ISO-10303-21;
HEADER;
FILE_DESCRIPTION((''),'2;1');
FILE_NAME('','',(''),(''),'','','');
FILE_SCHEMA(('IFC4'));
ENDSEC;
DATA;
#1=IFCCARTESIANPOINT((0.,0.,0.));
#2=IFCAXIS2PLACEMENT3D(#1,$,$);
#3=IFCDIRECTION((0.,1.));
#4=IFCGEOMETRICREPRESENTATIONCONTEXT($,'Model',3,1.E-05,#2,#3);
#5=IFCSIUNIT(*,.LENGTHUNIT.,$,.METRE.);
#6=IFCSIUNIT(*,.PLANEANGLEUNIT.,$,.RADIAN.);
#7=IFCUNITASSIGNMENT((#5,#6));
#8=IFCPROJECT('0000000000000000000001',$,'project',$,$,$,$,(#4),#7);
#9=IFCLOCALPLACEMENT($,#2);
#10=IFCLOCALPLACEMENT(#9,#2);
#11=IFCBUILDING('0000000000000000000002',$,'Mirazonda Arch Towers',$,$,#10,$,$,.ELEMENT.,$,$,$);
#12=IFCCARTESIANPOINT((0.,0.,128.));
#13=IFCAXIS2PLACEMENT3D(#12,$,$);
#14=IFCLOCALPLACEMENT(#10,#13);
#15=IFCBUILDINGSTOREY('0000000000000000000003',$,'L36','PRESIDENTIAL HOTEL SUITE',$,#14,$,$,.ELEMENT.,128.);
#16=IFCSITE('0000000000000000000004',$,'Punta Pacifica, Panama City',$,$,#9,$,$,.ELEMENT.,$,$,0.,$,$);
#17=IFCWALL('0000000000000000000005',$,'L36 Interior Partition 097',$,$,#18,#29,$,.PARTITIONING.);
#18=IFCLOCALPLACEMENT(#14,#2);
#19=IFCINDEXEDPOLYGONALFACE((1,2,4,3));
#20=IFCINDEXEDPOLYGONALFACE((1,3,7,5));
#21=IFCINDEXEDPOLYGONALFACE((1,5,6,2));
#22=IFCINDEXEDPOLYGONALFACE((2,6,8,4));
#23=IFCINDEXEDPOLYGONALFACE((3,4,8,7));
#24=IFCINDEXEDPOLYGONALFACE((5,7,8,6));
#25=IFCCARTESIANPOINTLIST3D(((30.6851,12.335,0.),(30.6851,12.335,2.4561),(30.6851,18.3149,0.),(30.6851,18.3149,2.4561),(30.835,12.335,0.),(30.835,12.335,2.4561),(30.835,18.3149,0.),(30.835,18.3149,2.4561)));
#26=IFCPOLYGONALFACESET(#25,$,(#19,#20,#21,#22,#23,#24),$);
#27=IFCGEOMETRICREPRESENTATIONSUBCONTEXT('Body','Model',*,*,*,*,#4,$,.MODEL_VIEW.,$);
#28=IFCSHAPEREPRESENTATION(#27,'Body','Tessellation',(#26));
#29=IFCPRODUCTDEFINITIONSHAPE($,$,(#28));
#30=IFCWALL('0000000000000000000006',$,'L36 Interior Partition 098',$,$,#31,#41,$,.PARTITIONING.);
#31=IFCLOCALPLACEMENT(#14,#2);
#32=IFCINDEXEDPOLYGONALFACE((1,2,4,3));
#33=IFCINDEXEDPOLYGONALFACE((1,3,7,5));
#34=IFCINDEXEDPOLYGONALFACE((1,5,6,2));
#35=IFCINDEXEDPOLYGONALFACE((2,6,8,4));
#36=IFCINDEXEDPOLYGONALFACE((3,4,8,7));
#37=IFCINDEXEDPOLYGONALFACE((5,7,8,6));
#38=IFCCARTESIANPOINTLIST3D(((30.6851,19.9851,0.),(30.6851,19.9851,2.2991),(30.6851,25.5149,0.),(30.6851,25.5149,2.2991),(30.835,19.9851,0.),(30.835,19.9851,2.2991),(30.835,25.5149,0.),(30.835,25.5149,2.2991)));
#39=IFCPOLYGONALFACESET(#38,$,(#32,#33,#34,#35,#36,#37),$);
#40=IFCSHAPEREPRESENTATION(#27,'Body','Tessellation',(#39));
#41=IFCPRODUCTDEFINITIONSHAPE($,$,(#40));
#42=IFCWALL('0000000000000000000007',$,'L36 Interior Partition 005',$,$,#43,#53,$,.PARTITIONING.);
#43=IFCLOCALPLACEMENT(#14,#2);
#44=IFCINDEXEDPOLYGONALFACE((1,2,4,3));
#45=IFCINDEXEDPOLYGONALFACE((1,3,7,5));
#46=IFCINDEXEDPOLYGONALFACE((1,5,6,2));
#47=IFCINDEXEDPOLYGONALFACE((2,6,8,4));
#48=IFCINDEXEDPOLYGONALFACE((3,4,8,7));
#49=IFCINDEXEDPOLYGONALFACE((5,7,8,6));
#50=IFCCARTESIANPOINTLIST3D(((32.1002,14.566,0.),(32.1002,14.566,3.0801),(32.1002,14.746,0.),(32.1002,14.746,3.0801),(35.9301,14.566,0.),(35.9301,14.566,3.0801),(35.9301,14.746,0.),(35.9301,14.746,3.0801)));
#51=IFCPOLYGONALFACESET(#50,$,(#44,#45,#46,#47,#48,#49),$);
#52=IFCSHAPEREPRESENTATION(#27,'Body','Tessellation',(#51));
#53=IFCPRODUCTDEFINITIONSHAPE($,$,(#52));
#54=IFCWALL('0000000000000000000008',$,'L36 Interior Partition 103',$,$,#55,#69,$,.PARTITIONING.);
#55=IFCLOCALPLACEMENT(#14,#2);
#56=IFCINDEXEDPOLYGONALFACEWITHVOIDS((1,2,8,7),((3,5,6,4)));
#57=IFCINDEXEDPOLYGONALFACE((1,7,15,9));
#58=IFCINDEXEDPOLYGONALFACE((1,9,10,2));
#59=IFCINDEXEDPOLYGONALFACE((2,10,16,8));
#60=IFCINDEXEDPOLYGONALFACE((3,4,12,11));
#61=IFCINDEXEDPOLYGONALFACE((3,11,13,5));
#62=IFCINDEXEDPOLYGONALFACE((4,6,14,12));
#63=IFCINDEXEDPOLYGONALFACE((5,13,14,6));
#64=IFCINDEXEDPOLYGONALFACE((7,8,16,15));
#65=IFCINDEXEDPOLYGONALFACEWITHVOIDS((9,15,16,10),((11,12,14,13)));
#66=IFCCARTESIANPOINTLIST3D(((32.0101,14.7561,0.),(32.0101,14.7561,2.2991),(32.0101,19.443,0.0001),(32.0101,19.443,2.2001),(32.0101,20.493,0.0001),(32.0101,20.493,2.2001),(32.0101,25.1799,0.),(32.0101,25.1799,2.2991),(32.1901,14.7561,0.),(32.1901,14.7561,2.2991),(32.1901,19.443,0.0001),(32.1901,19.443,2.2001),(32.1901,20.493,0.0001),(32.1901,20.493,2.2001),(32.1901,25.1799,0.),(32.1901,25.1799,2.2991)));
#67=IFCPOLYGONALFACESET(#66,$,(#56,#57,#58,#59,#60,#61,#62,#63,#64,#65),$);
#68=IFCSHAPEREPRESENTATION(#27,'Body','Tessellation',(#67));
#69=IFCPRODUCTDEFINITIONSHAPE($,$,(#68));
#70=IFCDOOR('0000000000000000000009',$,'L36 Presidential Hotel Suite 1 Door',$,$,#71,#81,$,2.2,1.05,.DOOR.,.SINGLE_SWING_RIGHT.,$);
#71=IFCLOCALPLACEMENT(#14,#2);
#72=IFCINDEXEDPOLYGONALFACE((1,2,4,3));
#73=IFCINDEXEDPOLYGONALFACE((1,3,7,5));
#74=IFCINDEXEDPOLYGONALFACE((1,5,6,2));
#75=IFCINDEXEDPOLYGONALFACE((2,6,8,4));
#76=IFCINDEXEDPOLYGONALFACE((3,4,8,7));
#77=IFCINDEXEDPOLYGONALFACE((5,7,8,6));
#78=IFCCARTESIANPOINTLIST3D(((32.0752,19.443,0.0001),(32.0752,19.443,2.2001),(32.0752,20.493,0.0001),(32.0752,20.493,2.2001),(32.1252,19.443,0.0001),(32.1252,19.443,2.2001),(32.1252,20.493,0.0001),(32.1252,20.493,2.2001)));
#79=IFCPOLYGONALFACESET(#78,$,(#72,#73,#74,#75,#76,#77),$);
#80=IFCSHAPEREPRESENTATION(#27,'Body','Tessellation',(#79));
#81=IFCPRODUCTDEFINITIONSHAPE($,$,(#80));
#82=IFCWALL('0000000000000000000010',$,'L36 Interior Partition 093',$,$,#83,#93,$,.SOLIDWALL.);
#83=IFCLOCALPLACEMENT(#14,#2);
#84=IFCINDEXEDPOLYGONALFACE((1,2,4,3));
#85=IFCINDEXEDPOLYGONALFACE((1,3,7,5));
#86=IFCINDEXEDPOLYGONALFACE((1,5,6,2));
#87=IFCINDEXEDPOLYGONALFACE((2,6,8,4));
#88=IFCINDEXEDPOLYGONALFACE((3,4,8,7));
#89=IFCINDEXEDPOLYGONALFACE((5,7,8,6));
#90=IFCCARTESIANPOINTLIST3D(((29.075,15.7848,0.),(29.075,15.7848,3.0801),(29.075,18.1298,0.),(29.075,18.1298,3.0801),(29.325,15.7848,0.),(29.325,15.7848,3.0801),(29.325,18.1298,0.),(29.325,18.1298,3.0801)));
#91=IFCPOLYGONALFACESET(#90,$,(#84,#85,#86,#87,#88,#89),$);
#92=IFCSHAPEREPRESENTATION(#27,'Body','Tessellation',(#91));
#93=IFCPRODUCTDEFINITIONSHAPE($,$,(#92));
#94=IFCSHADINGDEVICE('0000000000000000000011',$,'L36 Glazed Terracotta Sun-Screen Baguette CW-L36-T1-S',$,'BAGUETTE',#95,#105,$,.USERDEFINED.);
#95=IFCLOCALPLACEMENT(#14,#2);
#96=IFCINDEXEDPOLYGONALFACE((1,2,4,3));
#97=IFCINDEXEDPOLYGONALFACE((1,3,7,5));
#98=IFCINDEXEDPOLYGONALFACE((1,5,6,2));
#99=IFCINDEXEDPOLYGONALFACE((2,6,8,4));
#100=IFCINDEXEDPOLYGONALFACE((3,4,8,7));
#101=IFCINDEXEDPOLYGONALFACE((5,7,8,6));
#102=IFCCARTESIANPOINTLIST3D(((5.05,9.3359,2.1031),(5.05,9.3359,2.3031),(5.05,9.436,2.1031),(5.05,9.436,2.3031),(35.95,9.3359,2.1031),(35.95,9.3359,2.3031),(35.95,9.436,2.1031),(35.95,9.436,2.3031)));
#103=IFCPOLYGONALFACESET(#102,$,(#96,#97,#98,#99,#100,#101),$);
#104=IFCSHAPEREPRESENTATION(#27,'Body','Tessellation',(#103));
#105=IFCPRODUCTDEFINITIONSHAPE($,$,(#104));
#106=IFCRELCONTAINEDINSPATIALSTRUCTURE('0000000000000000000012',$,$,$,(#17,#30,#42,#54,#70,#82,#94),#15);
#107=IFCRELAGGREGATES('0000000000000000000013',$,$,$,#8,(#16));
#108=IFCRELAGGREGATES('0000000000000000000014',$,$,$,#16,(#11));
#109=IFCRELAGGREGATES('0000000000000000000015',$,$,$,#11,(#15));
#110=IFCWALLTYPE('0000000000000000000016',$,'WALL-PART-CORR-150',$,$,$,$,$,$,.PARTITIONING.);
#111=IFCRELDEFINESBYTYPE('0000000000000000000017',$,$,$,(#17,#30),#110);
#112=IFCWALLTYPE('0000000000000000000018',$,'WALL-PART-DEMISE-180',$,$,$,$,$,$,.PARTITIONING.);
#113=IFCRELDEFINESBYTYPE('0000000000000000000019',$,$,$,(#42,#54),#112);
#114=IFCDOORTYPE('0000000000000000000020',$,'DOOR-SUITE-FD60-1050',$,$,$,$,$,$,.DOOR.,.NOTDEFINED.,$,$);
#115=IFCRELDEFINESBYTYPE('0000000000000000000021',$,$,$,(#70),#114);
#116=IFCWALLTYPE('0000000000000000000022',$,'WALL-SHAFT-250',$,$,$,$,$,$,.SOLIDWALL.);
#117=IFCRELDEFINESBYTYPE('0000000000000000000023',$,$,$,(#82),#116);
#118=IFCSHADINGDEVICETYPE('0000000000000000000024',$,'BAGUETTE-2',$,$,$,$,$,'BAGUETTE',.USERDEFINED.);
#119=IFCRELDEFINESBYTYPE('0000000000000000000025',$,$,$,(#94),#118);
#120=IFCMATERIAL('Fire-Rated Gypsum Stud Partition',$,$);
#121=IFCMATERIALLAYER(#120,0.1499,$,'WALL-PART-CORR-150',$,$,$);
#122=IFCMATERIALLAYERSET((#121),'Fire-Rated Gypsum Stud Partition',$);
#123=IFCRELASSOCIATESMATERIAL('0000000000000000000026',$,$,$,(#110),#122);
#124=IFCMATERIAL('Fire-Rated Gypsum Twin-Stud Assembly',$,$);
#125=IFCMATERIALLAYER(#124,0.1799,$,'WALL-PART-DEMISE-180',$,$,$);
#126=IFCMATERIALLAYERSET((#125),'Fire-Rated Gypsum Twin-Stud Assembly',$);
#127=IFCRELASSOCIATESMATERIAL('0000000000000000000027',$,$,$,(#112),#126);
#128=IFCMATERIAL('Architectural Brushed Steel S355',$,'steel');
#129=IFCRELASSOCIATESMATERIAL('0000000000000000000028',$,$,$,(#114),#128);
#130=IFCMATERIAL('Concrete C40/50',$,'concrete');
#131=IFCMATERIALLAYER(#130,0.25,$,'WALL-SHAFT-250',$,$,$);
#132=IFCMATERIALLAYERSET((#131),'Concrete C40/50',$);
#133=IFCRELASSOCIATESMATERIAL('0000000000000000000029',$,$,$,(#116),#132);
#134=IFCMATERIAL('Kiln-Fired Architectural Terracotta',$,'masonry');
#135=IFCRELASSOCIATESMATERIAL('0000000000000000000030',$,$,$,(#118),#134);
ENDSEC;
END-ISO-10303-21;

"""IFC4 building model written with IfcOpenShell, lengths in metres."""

from ifc_helpers import new_model, si_unit, direction, frame, frame_2d, origin, origin_2d, place, context, subcontext, project, spatial, rectangle, extrude, material, layer, layer_set, material_profile, profile_set, type_object, element, fill, save


model = new_model("IFC4")

# Units and contexts
model_context = context("Model", 3, precision=1e-05, world=origin(), true_north=direction((0.0, 1.0)))
body_context = subcontext(model_context, "Body", "Model", "MODEL_VIEW")
ifc_project = project(units=[si_unit("LENGTHUNIT", "METRE"), si_unit("PLANEANGLEUNIT", "RADIAN")], contexts=[model_context])

# Site, building, storey
site_placement = place(None, origin())
site = spatial("IfcSite", under=ifc_project, at=site_placement, Name="Punta Pacifica, Panama City", CompositionType="ELEMENT", RefElevation=0.0)
building_placement = place(site_placement, origin())
building = spatial("IfcBuilding", under=site, at=building_placement, Name="Mirazonda Arch Towers", CompositionType="ELEMENT")
storey_placement = place(building_placement, frame((0.0, 0.0, 128.0)))
storey = spatial("IfcBuildingStorey", under=building, at=storey_placement, Name="L36", Description="PRESIDENTIAL HOTEL SUITE", CompositionType="ELEMENT", Elevation=128.0)

# Walls
ifc_material_1 = material(Name="Fire-Rated Gypsum Stud Partition")
ifc_layer_1 = layer(ifc_material_1, 0.1499, Name="WALL-PART-CORR-150")
ifc_layer_set_1 = layer_set([ifc_layer_1], Name="Fire-Rated Gypsum Stud Partition")
wall_type_1 = type_object("IfcWallType", Name="WALL-PART-CORR-150", PredefinedType="PARTITIONING", material=ifc_layer_set_1)
wall_1_placement = place(storey_placement, frame((30.76, 12.335, 0.0), z_axis=(0.0, 0.0, 1.0), x_axis=(0.0, 1.0, 0.0)))
element("IfcWall", 1, at=wall_1_placement, inside=storey, type_object=wall_type_1, Name="L36 Interior Partition 097", PredefinedType="PARTITIONING", context=body_context, shape_type="SweptSolid", body=[
    extrude(rectangle(XDim=5.98, YDim=0.1499, at=frame_2d((2.99, 0.0))), origin(), (0.0, 0.0, 1.0), 2.4561),
])
wall_2_placement = place(storey_placement, frame((30.76, 19.9851, 0.0), z_axis=(0.0, 0.0, 1.0), x_axis=(0.0, 1.0, 0.0)))
element("IfcWall", 2, at=wall_2_placement, inside=storey, type_object=wall_type_1, Name="L36 Interior Partition 098", PredefinedType="PARTITIONING", context=body_context, shape_type="SweptSolid", body=[
    extrude(rectangle(XDim=5.5298, YDim=0.1499, at=frame_2d((2.7649, 0.0))), origin(), (0.0, 0.0, 1.0), 2.2991),
])
ifc_material_2 = material(Name="Fire-Rated Gypsum Twin-Stud Assembly")
ifc_layer_2 = layer(ifc_material_2, 0.1799, Name="WALL-PART-DEMISE-180")
ifc_layer_set_2 = layer_set([ifc_layer_2], Name="Fire-Rated Gypsum Twin-Stud Assembly")
wall_type_2 = type_object("IfcWallType", Name="WALL-PART-DEMISE-180", PredefinedType="PARTITIONING", material=ifc_layer_set_2)
wall_3_placement = place(storey_placement, frame((32.1001, 14.656, 0.0), z_axis=(0.0, 0.0, 1.0), x_axis=(1.0, 0.0, 0.0)))
element("IfcWall", 3, at=wall_3_placement, inside=storey, type_object=wall_type_2, Name="L36 Interior Partition 005", PredefinedType="PARTITIONING", context=body_context, shape_type="SweptSolid", body=[
    extrude(rectangle(XDim=3.8298, YDim=0.1799, at=frame_2d((1.915, 0.0))), origin(), (0.0, 0.0, 1.0), 3.0801),
])

# Wall, opening, door
ifc_material_3 = material(Name="Architectural Brushed Steel S355", Category="steel")
wall_4_placement = place(storey_placement, frame((32.1001, 14.7561, 0.0), z_axis=(0.0, 0.0, 1.0), x_axis=(0.0, 1.0, 0.0)))
wall_4 = element("IfcWall", 4, at=wall_4_placement, inside=storey, type_object=wall_type_2, Name="L36 Interior Partition 103", PredefinedType="PARTITIONING", context=body_context, shape_type="SweptSolid", body=[
    extrude(rectangle(XDim=10.4238, YDim=0.1799, at=frame_2d((5.2119, 0.0))), origin(), (0.0, 0.0, 1.0), 2.2991),
])
opening_1_placement = place(wall_4_placement, frame((4.687, 0.0, 0.0)))
opening_1 = element("IfcOpeningElement", 5, at=opening_1_placement, cuts=wall_4, PredefinedType="OPENING", context=body_context, shape_type="SweptSolid", body=[
    extrude(rectangle(XDim=1.05, YDim=2.2, at=frame_2d((0.5249, 1.1001))), frame((0.0, 0.0999, 0.0), z_axis=(0.0, -1.0, 0.0), x_axis=(1.0, 0.0, 0.0)), (0.0, 0.0, 1.0), 0.2),
])
door_type_1 = type_object("IfcDoorType", Name="DOOR-SUITE-FD60-1050", OperationType="NOTDEFINED", PredefinedType="DOOR", material=ifc_material_3)
door_1_placement = place(opening_1_placement, origin())
door_1 = element("IfcDoor", 6, at=door_1_placement, inside=storey, type_object=door_type_1, Name="L36 Presidential Hotel Suite 1 Door", OperationType="SINGLE_SWING_RIGHT", OverallHeight=2.2, OverallWidth=1.05, PredefinedType="DOOR", context=body_context, shape_type="SweptSolid", body=[
    extrude(rectangle(XDim=1.05, YDim=2.2, at=frame_2d((0.5249, 1.1001))), frame((0.0, 0.0249, 0.0), z_axis=(0.0, -1.0, 0.0), x_axis=(1.0, 0.0, 0.0)), (0.0, 0.0, 1.0), 0.05),
])
fill(opening_1, door_1)

# Wall
ifc_material_4 = material(Name="Concrete C40/50", Category="concrete")
ifc_layer_3 = layer(ifc_material_4, 0.25, Name="WALL-SHAFT-250")
ifc_layer_set_3 = layer_set([ifc_layer_3], Name="Concrete C40/50")
wall_type_3 = type_object("IfcWallType", Name="WALL-SHAFT-250", PredefinedType="SOLIDWALL", material=ifc_layer_set_3)
wall_5_placement = place(storey_placement, frame((29.2, 15.7849, 0.0), z_axis=(0.0, 0.0, 1.0), x_axis=(0.0, 1.0, 0.0)))
element("IfcWall", 7, at=wall_5_placement, inside=storey, type_object=wall_type_3, Name="L36 Interior Partition 093", PredefinedType="SOLIDWALL", context=body_context, shape_type="SweptSolid", body=[
    extrude(rectangle(XDim=2.345, YDim=0.25, at=frame_2d((1.1724, 0.0))), origin(), (0.0, 0.0, 1.0), 3.0801),
])

# Shading device
ifc_material_5 = material(Name="Kiln-Fired Architectural Terracotta", Category="masonry")
ifc_material_profile_1 = material_profile(ifc_material_5, rectangle(XDim=0.1001, YDim=0.2, at=origin_2d()), Name="TERRA-BAG-100x200")
ifc_profile_set_1 = profile_set([ifc_material_profile_1], Name="Kiln-Fired Architectural Terracotta")
shading_device_type = type_object("IfcShadingDeviceType", Name="BAGUETTE-2", ElementType="BAGUETTE", PredefinedType="USERDEFINED", material=ifc_profile_set_1)
shading_device_placement = place(storey_placement, frame((35.95, 9.386, 2.2031), z_axis=(-1.0, 0.0, 0.0), x_axis=(0.0, -1.0, 0.0)))
element("IfcShadingDevice", 8, at=shading_device_placement, inside=storey, type_object=shading_device_type, Name="L36 Glazed Terracotta Sun-Screen Baguette CW-L36-T1-S", ObjectType="BAGUETTE", PredefinedType="USERDEFINED", context=body_context, shape_type="SweptSolid", body=[
    extrude(rectangle(XDim=0.1001, YDim=0.2, at=origin_2d()), origin(), (0.0, 0.0, 1.0), 30.8999),
])

save(model, "model.ifc")
